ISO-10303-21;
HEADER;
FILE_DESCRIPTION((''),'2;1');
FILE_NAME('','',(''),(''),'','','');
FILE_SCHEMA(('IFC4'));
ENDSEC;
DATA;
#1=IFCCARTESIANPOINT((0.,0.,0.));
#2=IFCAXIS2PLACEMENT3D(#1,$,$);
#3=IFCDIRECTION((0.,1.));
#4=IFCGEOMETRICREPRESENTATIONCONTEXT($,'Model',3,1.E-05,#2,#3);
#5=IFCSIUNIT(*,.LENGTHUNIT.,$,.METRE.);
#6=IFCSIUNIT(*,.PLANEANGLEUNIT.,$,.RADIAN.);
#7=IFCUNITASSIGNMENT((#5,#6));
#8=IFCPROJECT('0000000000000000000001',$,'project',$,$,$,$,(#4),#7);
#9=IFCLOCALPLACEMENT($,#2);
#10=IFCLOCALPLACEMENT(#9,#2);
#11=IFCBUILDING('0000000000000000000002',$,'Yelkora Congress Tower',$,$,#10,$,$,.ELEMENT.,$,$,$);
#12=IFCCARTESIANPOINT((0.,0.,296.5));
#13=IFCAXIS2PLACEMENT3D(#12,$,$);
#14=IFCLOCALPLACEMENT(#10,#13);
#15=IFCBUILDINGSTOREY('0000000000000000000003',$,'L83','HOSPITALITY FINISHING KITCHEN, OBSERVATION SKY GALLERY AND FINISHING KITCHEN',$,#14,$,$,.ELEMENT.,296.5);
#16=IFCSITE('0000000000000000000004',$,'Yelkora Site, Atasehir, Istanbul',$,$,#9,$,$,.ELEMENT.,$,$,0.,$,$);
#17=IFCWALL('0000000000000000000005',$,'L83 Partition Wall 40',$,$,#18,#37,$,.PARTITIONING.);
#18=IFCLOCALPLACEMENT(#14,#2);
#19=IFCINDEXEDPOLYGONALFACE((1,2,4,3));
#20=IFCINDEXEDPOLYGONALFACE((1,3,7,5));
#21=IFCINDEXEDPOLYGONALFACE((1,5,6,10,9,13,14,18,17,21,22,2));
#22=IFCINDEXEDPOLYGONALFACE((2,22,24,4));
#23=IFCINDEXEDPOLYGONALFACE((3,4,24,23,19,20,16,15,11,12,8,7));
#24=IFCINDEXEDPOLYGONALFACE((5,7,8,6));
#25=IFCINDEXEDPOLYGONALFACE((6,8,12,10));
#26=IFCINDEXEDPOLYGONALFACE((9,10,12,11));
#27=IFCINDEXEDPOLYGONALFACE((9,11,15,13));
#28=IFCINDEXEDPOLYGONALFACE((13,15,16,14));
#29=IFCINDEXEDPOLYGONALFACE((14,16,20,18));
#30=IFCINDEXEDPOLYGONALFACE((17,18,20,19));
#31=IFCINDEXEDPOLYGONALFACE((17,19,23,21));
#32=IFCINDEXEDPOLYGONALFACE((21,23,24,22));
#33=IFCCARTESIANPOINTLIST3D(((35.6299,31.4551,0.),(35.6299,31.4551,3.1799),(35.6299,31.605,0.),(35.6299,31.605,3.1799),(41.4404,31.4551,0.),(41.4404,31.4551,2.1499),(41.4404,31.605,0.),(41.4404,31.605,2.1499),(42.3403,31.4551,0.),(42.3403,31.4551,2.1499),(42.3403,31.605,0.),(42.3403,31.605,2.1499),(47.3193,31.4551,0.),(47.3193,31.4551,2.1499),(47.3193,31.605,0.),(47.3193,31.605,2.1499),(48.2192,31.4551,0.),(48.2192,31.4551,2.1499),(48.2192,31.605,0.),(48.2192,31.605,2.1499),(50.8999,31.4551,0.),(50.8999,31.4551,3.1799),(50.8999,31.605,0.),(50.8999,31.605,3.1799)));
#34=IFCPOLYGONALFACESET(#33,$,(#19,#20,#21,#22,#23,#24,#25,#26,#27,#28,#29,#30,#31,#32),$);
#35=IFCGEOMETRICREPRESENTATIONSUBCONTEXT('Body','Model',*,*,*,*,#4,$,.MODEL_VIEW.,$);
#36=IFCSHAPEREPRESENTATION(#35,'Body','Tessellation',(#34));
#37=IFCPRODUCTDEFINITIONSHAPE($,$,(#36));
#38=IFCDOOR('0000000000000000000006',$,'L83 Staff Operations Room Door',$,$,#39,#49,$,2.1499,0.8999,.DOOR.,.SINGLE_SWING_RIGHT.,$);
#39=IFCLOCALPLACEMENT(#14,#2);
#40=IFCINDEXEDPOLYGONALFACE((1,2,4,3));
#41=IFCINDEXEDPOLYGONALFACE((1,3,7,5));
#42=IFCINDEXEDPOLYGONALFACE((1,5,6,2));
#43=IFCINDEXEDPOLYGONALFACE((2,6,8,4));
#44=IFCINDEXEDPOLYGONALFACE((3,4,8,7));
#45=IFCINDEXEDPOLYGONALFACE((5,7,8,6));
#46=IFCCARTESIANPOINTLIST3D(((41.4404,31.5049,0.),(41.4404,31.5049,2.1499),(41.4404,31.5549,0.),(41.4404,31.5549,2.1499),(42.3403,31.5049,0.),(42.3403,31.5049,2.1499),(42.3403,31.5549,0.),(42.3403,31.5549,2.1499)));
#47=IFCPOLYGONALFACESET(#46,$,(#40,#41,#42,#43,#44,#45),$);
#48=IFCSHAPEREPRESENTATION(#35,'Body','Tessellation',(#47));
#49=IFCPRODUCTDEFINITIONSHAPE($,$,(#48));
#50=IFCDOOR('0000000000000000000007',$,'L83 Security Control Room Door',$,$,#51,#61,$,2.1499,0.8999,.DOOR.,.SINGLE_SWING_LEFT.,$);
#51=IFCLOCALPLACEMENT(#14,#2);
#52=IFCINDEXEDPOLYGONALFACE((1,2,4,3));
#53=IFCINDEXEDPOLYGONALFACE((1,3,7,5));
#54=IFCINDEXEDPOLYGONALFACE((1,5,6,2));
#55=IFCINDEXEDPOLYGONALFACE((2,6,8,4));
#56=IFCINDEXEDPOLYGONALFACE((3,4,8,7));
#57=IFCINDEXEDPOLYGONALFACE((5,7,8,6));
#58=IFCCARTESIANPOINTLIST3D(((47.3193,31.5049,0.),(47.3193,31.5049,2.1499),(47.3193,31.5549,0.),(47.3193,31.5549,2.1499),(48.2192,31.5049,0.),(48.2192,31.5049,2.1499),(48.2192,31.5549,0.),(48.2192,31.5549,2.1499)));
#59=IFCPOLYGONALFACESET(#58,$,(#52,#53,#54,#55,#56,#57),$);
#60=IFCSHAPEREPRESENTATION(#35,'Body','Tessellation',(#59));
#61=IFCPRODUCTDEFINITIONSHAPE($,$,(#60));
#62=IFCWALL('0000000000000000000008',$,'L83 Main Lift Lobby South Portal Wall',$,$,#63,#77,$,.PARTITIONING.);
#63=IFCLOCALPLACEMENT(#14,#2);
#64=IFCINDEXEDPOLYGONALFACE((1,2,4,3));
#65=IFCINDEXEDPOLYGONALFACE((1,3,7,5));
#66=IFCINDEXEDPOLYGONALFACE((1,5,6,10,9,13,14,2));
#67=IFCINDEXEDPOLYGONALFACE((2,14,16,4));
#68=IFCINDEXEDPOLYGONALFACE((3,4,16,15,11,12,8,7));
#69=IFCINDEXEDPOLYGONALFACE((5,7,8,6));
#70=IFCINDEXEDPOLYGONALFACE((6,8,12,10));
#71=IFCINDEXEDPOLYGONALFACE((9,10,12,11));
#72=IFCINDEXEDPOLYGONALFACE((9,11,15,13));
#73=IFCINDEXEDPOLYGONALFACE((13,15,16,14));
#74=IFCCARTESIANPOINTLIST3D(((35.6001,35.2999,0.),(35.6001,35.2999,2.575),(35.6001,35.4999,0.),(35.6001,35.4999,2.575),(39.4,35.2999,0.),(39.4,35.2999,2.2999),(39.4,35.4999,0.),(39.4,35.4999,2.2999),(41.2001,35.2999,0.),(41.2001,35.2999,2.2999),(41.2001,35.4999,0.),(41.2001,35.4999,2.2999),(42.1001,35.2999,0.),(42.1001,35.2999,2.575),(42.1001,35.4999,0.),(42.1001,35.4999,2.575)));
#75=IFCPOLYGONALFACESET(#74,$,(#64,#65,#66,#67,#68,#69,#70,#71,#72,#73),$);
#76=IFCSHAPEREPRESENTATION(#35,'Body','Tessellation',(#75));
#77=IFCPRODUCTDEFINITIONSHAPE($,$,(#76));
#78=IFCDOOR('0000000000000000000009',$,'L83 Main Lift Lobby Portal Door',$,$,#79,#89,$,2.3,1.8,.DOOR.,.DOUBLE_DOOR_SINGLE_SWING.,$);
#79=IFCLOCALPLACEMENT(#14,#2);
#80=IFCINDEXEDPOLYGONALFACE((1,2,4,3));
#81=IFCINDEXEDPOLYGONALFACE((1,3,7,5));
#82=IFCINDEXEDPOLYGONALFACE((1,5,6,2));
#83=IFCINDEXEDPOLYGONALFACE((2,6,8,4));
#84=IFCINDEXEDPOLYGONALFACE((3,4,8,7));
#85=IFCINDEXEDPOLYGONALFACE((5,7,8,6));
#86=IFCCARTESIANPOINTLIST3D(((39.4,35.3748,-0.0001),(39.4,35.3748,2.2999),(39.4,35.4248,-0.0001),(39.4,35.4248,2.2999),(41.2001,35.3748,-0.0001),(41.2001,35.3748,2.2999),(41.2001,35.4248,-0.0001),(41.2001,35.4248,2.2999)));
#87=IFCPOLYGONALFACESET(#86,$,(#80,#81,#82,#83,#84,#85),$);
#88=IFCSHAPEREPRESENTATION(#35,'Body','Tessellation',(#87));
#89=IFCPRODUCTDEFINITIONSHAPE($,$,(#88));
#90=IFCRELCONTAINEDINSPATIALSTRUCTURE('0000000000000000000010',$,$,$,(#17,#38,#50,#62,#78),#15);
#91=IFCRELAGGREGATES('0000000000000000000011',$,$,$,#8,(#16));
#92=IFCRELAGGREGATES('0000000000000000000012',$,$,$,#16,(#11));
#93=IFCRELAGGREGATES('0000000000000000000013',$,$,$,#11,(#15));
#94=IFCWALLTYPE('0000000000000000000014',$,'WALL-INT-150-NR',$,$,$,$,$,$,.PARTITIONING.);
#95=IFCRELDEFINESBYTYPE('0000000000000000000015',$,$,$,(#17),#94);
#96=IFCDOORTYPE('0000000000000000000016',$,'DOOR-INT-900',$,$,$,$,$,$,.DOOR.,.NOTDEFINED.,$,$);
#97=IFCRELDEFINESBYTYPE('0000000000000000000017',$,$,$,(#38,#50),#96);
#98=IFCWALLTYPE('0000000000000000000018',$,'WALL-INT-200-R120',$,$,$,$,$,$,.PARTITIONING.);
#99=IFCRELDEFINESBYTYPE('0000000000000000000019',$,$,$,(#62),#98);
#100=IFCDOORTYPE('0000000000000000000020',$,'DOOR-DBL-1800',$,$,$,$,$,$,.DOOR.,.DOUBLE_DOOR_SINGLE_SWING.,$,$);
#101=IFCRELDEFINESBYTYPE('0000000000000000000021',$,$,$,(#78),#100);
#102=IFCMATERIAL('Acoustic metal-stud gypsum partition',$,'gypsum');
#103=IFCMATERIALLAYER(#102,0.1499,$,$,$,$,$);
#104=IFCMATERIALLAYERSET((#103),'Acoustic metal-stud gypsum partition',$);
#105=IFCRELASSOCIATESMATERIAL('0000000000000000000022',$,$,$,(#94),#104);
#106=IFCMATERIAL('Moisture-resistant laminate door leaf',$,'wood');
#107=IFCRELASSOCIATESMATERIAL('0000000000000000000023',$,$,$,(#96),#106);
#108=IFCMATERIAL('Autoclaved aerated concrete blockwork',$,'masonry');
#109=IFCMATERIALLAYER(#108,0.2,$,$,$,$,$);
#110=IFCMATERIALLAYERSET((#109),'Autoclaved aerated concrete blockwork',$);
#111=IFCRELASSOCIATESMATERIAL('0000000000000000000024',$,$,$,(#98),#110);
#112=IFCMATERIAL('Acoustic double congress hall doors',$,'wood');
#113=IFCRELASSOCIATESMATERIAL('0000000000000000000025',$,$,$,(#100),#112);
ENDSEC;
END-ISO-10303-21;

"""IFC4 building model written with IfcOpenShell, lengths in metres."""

from ifc_helpers import new_model, si_unit, direction, frame, frame_2d, origin, place, context, subcontext, project, spatial, rectangle, extrude, material, layer, layer_set, type_object, element, fill, save


model = new_model("IFC4")

# Units and contexts
model_context = context("Model", 3, precision=1e-05, world=origin(), true_north=direction((0.0, 1.0)))
body_context = subcontext(model_context, "Body", "Model", "MODEL_VIEW")
ifc_project = project(units=[si_unit("LENGTHUNIT", "METRE"), si_unit("PLANEANGLEUNIT", "RADIAN")], contexts=[model_context])

# Site, building, storey
site_placement = place(None, origin())
site = spatial("IfcSite", under=ifc_project, at=site_placement, Name="Yelkora Site, Atasehir, Istanbul", CompositionType="ELEMENT", RefElevation=0.0)
building_placement = place(site_placement, origin())
building = spatial("IfcBuilding", under=site, at=building_placement, Name="Yelkora Congress Tower", CompositionType="ELEMENT")
storey_placement = place(building_placement, frame((0.0, 0.0, 296.5)))
storey = spatial("IfcBuildingStorey", under=building, at=storey_placement, Name="L83", Description="HOSPITALITY FINISHING KITCHEN, OBSERVATION SKY GALLERY AND FINISHING KITCHEN", CompositionType="ELEMENT", Elevation=296.5)

# Shared definitions
ifc_material_1 = material(Name="Acoustic metal-stud gypsum partition", Category="gypsum")
ifc_layer_1 = layer(ifc_material_1, 0.1499)
ifc_layer_set_1 = layer_set([ifc_layer_1], Name="Acoustic metal-stud gypsum partition")
wall_type_1 = type_object("IfcWallType", Name="WALL-INT-150-NR", PredefinedType="PARTITIONING", material=ifc_layer_set_1)

# Wall, openings, doors
wall_1_placement = place(storey_placement, frame((35.6299, 31.53, 0.0), z_axis=(0.0, 0.0, 1.0), x_axis=(1.0, 0.0, 0.0)))
wall_1 = element("IfcWall", 1, at=wall_1_placement, inside=storey, type_object=wall_type_1, Name="L83 Partition Wall 40", PredefinedType="PARTITIONING", context=body_context, shape_type="SweptSolid", body=[
    extrude(rectangle(XDim=15.27, YDim=0.1499, at=frame_2d((7.635, 0.0))), origin(), (0.0, 0.0, 1.0), 3.1799),
])
opening_1_placement = place(wall_1_placement, frame((5.8105, 0.0, 0.0)))
opening_1 = element("IfcOpeningElement", 2, at=opening_1_placement, cuts=wall_1, PredefinedType="OPENING", context=body_context, shape_type="SweptSolid", body=[
    extrude(rectangle(XDim=0.8999, YDim=2.1499, at=frame_2d((0.45, 1.075))), frame((0.0, 0.085, 0.0), z_axis=(0.0, -1.0, 0.0), x_axis=(1.0, 0.0, 0.0)), (0.0, 0.0, 1.0), 0.1699),
])
opening_2_placement = place(wall_1_placement, frame((11.6895, 0.0, 0.0)))
opening_2 = element("IfcOpeningElement", 3, at=opening_2_placement, cuts=wall_1, PredefinedType="OPENING", context=body_context, shape_type="SweptSolid", body=[
    extrude(rectangle(XDim=0.8999, YDim=2.1499, at=frame_2d((0.45, 1.075))), frame((0.0, 0.085, 0.0), z_axis=(0.0, -1.0, 0.0), x_axis=(1.0, 0.0, 0.0)), (0.0, 0.0, 1.0), 0.1699),
])
ifc_material_2 = material(Name="Moisture-resistant laminate door leaf", Category="wood")
door_type_1 = type_object("IfcDoorType", Name="DOOR-INT-900", OperationType="NOTDEFINED", PredefinedType="DOOR", material=ifc_material_2)
door_1_placement = place(opening_1_placement, origin())
door_1 = element("IfcDoor", 4, at=door_1_placement, inside=storey, type_object=door_type_1, Name="L83 Staff Operations Room Door", OperationType="SINGLE_SWING_RIGHT", OverallHeight=2.1499, OverallWidth=0.8999, PredefinedType="DOOR", context=body_context, shape_type="SweptSolid", body=[
    extrude(rectangle(XDim=0.8999, YDim=2.1499, at=frame_2d((0.45, 1.075))), frame((0.0, 0.0249, 0.0), z_axis=(0.0, -1.0, 0.0), x_axis=(1.0, 0.0, 0.0)), (0.0, 0.0, 1.0), 0.05),
])
fill(opening_1, door_1)
door_2_placement = place(opening_2_placement, origin())
door_2 = element("IfcDoor", 5, at=door_2_placement, inside=storey, type_object=door_type_1, Name="L83 Security Control Room Door", OperationType="SINGLE_SWING_LEFT", OverallHeight=2.1499, OverallWidth=0.8999, PredefinedType="DOOR", context=body_context, shape_type="SweptSolid", body=[
    extrude(rectangle(XDim=0.8999, YDim=2.1499, at=frame_2d((0.45, 1.075))), frame((0.0, 0.0249, 0.0), z_axis=(0.0, -1.0, 0.0), x_axis=(1.0, 0.0, 0.0)), (0.0, 0.0, 1.0), 0.05),
])
fill(opening_2, door_2)

# Wall, opening, door
ifc_material_3 = material(Name="Autoclaved aerated concrete blockwork", Category="masonry")
ifc_layer_2 = layer(ifc_material_3, 0.2)
ifc_layer_set_2 = layer_set([ifc_layer_2], Name="Autoclaved aerated concrete blockwork")
wall_type_2 = type_object("IfcWallType", Name="WALL-INT-200-R120", PredefinedType="PARTITIONING", material=ifc_layer_set_2)
wall_2_placement = place(storey_placement, frame((35.6001, 35.3999, 0.0), z_axis=(0.0, 0.0, 1.0), x_axis=(1.0, 0.0, 0.0)))
wall_2 = element("IfcWall", 6, at=wall_2_placement, inside=storey, type_object=wall_type_2, Name="L83 Main Lift Lobby South Portal Wall", PredefinedType="PARTITIONING", context=body_context, shape_type="SweptSolid", body=[
    extrude(rectangle(XDim=6.5, YDim=0.2, at=frame_2d((3.25, 0.0))), origin(), (0.0, 0.0, 1.0), 2.575),
])
opening_3_placement = place(wall_2_placement, frame((3.8, 0.0, 0.0)))
opening_3 = element("IfcOpeningElement", 7, at=opening_3_placement, cuts=wall_2, PredefinedType="OPENING", context=body_context, shape_type="SweptSolid", body=[
    extrude(rectangle(XDim=1.8, YDim=2.3, at=frame_2d((0.8999, 1.1499))), frame((0.0, 0.1099, 0.0), z_axis=(0.0, -1.0, 0.0), x_axis=(1.0, 0.0, 0.0)), (0.0, 0.0, 1.0), 0.22),
])
ifc_material_4 = material(Name="Acoustic double congress hall doors", Category="wood")
door_type_2 = type_object("IfcDoorType", Name="DOOR-DBL-1800", OperationType="DOUBLE_DOOR_SINGLE_SWING", PredefinedType="DOOR", material=ifc_material_4)
door_3_placement = place(opening_3_placement, origin())
door_3 = element("IfcDoor", 8, at=door_3_placement, inside=storey, type_object=door_type_2, Name="L83 Main Lift Lobby Portal Door", OperationType="DOUBLE_DOOR_SINGLE_SWING", OverallHeight=2.3, OverallWidth=1.8, PredefinedType="DOOR", context=body_context, shape_type="SweptSolid", body=[
    extrude(rectangle(XDim=1.8, YDim=2.3, at=frame_2d((0.8999, 1.1499))), frame((0.0, 0.0249, 0.0), z_axis=(0.0, -1.0, 0.0), x_axis=(1.0, 0.0, 0.0)), (0.0, 0.0, 1.0), 0.05),
])
fill(opening_3, door_3)

save(model, "model.ifc")
